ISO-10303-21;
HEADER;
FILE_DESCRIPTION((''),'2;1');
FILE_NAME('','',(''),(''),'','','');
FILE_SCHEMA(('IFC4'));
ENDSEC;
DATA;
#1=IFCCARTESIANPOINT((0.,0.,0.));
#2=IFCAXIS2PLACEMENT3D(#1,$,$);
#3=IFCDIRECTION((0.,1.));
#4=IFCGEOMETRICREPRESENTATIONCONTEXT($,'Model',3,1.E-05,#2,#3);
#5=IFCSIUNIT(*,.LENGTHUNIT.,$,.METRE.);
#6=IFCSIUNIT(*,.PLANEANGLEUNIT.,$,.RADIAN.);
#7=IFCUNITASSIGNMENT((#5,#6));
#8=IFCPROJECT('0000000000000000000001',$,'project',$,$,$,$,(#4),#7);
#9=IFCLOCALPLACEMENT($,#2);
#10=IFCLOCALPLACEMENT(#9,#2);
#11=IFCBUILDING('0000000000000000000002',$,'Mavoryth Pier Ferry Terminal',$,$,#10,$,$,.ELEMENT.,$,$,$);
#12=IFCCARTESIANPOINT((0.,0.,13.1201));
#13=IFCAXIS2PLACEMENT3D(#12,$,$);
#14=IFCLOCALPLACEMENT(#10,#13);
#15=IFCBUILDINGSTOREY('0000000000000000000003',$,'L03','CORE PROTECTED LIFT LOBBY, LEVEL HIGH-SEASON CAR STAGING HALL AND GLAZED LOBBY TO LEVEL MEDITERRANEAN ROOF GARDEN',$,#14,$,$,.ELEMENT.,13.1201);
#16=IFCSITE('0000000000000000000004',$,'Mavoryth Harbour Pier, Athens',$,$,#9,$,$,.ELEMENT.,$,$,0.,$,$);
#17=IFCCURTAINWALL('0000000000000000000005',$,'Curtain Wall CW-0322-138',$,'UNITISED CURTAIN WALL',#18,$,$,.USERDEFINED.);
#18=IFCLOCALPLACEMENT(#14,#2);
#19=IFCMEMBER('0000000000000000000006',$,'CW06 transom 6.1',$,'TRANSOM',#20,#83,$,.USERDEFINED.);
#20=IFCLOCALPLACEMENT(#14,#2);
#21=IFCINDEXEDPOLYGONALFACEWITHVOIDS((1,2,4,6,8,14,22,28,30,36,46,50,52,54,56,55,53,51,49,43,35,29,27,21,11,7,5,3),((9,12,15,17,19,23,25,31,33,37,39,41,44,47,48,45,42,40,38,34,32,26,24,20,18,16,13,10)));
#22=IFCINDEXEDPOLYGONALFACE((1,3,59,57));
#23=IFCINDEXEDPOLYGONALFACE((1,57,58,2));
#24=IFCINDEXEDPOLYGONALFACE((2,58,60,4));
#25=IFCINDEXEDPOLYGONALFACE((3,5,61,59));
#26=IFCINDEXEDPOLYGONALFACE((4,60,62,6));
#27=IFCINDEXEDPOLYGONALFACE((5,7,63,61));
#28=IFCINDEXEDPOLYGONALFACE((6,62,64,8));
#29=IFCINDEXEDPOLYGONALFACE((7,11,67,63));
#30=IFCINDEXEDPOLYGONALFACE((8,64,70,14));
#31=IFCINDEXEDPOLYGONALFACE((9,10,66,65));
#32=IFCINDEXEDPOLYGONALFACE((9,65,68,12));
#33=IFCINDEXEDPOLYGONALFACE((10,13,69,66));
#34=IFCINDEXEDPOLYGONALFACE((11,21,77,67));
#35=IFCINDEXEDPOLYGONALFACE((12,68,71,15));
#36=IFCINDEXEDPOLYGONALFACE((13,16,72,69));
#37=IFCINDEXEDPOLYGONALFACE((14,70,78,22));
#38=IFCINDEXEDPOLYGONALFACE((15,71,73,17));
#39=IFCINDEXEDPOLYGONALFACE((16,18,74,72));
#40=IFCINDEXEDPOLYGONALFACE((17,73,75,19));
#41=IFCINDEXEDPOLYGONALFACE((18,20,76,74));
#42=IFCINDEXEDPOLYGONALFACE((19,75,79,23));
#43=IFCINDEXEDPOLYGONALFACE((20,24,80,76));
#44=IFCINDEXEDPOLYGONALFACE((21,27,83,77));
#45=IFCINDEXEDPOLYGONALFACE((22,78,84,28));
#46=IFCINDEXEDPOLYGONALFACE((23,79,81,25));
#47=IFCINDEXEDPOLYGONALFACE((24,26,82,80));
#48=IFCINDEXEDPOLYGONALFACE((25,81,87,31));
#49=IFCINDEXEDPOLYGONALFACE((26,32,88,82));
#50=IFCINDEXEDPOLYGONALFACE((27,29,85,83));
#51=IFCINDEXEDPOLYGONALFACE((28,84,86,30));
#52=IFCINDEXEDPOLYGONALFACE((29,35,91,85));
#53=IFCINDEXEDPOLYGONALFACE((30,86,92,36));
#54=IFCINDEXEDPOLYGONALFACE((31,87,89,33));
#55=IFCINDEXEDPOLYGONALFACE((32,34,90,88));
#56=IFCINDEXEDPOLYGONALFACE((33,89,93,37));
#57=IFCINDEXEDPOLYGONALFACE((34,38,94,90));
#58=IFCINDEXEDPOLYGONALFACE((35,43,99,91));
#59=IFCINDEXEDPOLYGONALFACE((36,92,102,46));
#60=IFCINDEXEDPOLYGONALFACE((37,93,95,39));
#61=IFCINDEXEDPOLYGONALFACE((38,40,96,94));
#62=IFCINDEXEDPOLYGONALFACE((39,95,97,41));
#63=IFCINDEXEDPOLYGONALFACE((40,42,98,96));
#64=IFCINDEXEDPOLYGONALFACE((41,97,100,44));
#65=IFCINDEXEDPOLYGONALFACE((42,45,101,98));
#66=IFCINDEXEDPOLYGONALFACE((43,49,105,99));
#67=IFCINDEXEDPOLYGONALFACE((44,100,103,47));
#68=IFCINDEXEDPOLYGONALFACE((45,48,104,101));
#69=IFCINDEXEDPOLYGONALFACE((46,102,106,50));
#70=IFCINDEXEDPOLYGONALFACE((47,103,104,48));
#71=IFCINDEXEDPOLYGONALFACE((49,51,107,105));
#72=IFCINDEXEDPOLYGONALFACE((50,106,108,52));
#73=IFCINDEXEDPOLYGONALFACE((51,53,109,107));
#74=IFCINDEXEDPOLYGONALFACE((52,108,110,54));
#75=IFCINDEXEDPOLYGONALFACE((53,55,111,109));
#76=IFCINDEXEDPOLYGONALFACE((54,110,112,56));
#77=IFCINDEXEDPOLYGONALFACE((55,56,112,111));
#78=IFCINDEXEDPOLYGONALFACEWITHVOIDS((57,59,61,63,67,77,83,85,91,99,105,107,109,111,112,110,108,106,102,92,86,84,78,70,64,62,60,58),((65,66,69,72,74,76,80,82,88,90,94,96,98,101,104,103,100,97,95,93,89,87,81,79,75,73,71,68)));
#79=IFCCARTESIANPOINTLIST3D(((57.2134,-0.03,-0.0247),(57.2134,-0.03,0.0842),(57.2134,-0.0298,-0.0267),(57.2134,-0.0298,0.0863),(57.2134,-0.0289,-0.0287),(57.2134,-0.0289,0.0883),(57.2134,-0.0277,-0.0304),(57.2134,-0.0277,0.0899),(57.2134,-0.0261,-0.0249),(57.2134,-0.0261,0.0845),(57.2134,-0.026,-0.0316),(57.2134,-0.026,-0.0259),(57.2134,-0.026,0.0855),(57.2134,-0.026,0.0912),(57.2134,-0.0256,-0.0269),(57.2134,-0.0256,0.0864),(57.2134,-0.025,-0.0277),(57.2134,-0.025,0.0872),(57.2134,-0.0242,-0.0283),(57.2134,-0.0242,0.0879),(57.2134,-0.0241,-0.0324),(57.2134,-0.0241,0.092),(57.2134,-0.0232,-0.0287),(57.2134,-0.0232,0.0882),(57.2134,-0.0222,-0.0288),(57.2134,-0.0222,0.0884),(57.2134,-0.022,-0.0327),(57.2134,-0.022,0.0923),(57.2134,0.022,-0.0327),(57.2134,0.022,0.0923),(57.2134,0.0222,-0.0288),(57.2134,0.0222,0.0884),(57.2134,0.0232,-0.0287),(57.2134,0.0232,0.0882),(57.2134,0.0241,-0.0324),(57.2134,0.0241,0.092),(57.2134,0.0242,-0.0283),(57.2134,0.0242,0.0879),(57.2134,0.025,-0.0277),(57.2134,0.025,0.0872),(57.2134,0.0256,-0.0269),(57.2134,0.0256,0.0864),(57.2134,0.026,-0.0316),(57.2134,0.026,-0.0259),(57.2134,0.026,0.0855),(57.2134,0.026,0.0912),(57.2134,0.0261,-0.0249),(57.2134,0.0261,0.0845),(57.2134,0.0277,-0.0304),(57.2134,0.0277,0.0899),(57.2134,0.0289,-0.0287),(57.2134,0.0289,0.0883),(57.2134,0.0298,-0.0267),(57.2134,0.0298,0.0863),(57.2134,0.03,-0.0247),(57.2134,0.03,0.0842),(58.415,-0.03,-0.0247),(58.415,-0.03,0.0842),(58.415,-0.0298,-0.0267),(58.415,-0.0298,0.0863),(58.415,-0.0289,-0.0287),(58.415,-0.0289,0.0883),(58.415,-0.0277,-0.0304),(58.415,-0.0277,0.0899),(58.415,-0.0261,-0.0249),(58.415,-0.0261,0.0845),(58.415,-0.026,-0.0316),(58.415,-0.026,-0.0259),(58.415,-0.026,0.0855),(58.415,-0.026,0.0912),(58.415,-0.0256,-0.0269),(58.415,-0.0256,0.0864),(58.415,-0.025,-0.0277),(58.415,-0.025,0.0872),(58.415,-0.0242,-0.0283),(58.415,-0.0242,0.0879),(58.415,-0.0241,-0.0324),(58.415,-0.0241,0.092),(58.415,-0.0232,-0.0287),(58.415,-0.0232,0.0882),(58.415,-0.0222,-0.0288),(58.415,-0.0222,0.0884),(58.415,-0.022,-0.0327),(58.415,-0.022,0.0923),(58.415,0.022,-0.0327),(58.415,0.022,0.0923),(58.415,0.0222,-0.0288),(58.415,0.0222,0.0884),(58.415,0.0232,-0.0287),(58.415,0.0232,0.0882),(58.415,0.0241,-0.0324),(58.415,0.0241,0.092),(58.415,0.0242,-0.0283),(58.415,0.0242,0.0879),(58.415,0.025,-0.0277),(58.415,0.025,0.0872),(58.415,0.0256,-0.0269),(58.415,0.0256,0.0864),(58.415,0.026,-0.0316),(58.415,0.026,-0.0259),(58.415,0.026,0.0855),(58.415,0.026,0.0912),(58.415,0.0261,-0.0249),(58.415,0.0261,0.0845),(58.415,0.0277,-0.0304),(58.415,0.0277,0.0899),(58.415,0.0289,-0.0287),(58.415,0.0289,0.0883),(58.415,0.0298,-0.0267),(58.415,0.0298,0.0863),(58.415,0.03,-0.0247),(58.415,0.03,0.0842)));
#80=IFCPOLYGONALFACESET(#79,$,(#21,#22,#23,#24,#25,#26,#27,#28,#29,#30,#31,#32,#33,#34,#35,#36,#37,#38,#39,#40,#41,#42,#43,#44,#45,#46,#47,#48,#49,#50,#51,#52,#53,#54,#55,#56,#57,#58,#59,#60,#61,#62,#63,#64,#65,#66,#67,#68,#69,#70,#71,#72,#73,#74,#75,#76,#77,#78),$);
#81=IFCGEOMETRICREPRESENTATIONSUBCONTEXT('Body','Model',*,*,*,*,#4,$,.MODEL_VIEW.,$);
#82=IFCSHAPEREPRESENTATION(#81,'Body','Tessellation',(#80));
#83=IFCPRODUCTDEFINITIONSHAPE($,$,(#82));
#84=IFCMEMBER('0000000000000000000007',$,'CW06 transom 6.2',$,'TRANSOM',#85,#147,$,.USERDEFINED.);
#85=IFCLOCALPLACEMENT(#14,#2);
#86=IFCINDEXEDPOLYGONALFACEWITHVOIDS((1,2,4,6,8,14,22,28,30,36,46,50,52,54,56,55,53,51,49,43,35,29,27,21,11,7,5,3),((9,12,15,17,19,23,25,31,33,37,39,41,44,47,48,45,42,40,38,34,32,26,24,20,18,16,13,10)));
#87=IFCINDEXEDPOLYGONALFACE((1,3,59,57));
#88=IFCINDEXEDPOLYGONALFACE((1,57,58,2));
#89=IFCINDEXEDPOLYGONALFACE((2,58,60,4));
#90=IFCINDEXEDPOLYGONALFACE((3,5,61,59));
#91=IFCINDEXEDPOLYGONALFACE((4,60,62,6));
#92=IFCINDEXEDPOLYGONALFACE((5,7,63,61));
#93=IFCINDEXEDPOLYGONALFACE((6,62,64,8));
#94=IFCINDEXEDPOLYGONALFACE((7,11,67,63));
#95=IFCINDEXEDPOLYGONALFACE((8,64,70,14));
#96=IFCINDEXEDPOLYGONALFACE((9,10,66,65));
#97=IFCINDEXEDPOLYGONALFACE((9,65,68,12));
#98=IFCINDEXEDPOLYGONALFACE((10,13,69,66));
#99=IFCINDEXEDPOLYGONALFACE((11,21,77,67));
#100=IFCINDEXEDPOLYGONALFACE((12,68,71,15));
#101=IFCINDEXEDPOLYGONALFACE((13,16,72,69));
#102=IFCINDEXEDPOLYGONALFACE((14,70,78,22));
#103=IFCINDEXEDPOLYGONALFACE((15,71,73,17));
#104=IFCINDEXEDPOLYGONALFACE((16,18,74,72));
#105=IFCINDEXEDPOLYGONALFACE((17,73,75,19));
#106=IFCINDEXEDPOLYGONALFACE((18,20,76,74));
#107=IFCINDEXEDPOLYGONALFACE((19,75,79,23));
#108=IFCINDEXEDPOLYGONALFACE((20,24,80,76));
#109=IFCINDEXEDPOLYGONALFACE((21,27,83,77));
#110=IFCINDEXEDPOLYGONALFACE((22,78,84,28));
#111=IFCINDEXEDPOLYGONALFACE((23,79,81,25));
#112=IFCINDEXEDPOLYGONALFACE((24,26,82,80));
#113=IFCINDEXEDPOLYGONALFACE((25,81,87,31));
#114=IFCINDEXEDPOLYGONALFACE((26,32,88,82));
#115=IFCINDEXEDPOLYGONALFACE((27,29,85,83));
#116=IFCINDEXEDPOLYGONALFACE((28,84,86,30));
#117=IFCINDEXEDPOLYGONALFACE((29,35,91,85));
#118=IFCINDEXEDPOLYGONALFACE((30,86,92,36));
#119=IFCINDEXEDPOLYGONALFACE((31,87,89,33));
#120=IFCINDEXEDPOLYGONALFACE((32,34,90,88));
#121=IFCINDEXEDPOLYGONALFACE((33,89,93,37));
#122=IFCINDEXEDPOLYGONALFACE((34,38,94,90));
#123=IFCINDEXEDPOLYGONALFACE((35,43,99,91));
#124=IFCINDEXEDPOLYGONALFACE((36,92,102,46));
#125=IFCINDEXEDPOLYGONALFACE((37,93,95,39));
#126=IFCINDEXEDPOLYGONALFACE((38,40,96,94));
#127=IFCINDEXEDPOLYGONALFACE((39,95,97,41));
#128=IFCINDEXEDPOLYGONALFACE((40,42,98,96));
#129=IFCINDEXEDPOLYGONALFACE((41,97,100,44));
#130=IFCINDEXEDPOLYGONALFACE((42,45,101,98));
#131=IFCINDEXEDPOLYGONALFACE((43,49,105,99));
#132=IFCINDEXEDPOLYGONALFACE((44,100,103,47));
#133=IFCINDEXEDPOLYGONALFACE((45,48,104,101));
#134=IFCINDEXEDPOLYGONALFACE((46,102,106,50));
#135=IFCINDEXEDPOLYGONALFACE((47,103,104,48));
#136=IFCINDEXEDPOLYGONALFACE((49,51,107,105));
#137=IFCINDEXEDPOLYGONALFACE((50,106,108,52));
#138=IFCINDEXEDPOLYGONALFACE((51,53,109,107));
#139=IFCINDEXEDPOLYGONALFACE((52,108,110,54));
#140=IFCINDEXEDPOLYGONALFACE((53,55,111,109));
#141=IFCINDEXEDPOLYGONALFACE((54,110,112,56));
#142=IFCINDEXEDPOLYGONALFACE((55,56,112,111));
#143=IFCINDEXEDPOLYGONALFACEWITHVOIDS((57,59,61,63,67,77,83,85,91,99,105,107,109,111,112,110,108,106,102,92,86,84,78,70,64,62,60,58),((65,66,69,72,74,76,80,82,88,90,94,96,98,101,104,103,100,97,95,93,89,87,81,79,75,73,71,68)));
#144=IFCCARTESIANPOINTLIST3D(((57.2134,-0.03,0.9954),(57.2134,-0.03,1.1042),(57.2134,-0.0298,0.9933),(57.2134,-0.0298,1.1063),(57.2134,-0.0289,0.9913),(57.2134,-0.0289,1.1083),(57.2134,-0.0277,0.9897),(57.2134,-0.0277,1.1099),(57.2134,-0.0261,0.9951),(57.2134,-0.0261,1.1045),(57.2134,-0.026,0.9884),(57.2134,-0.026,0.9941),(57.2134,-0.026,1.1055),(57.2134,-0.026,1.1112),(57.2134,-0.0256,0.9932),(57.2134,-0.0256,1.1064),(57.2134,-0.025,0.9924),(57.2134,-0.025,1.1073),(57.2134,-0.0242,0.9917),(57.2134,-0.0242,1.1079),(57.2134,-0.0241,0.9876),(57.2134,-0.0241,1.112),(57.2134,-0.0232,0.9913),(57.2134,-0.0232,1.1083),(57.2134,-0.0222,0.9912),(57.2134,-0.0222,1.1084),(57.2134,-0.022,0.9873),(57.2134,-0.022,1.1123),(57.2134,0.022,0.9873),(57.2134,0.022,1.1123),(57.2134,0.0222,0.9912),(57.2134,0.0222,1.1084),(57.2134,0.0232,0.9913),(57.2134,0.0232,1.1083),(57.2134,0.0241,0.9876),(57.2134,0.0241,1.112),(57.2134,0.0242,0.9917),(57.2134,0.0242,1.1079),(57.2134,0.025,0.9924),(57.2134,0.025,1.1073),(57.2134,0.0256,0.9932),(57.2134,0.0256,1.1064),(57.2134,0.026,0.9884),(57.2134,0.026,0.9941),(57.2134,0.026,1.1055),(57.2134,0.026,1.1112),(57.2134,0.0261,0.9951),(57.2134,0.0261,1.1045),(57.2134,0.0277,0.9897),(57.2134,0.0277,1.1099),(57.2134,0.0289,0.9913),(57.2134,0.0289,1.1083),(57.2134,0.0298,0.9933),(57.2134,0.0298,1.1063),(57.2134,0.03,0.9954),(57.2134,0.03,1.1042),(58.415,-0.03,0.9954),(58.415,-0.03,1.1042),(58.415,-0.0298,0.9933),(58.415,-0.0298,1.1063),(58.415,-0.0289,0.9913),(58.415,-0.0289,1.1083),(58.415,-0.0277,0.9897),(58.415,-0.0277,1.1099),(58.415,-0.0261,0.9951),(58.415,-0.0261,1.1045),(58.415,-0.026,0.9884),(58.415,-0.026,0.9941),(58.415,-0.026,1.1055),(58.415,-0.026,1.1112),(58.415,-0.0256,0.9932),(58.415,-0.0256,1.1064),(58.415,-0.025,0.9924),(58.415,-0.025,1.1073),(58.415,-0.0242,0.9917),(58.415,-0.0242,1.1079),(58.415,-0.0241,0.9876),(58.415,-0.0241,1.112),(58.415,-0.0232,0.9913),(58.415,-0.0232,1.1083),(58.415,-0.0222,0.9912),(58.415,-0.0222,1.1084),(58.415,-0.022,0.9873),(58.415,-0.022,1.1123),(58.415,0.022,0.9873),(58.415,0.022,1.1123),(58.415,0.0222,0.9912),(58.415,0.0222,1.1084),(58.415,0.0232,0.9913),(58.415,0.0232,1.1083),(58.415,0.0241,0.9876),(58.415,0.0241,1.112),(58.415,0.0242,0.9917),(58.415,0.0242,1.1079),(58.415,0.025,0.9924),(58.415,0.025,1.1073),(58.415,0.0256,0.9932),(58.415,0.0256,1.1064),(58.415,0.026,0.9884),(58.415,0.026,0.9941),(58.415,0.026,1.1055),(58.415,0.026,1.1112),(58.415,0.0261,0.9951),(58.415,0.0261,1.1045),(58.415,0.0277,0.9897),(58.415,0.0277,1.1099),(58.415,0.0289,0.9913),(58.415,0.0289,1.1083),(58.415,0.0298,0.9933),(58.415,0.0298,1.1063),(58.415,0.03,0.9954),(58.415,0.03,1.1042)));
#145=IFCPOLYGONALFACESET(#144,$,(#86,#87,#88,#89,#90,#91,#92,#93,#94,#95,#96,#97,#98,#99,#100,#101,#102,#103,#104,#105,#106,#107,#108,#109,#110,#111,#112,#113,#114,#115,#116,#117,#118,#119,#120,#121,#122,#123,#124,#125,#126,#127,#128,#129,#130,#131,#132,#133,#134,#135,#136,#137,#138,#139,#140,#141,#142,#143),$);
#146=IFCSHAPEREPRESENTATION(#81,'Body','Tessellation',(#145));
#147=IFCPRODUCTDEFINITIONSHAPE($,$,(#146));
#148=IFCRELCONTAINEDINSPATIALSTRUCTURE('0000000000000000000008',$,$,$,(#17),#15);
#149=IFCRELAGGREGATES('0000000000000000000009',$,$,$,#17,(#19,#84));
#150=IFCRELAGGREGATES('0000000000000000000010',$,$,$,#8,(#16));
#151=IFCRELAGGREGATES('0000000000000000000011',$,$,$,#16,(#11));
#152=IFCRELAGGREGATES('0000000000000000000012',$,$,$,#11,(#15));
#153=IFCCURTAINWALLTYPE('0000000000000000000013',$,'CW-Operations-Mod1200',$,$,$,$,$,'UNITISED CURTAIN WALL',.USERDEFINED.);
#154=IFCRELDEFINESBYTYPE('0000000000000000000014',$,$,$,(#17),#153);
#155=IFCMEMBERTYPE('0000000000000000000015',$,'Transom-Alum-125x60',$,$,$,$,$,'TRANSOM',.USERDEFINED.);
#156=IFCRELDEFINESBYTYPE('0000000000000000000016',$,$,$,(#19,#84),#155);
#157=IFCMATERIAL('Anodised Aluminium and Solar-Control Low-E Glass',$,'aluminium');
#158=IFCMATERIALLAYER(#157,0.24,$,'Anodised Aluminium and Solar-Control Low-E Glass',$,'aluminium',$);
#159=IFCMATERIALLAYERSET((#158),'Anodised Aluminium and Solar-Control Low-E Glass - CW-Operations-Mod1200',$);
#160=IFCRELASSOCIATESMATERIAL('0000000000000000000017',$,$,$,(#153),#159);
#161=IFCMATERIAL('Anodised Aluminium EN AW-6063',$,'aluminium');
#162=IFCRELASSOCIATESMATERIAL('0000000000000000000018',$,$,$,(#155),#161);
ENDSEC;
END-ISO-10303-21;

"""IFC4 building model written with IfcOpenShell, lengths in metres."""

from ifc_helpers import new_model, si_unit, direction, frame, origin, origin_2d, place, context, subcontext, project, spatial, hollow_rectangle, extrude, material, layer, layer_set, material_profile, profile_set, type_object, element, aggregate, save


model = new_model("IFC4")

# Units and contexts
model_context = context("Model", 3, precision=1e-05, world=origin(), true_north=direction((0.0, 1.0)))
body_context = subcontext(model_context, "Body", "Model", "MODEL_VIEW")
ifc_project = project(units=[si_unit("LENGTHUNIT", "METRE"), si_unit("PLANEANGLEUNIT", "RADIAN")], contexts=[model_context])

# Site, building, storey
site_placement = place(None, origin())
site = spatial("IfcSite", under=ifc_project, at=site_placement, Name="Mavoryth Harbour Pier, Athens", CompositionType="ELEMENT", RefElevation=0.0)
building_placement = place(site_placement, origin())
building = spatial("IfcBuilding", under=site, at=building_placement, Name="Mavoryth Pier Ferry Terminal", CompositionType="ELEMENT")
storey_placement = place(building_placement, frame((0.0, 0.0, 13.1201)))
storey = spatial("IfcBuildingStorey", under=building, at=storey_placement, Name="L03", Description="CORE PROTECTED LIFT LOBBY, LEVEL HIGH-SEASON CAR STAGING HALL AND GLAZED LOBBY TO LEVEL MEDITERRANEAN ROOF GARDEN", CompositionType="ELEMENT", Elevation=13.1201)

# Curtain wall
ifc_material_1 = material(Name="Anodised Aluminium and Solar-Control Low-E Glass", Category="aluminium")
ifc_layer_1 = layer(ifc_material_1, 0.24, Name="Anodised Aluminium and Solar-Control Low-E Glass", Category="aluminium")
ifc_layer_set_1 = layer_set([ifc_layer_1], Name="Anodised Aluminium and Solar-Control Low-E Glass - CW-Operations-Mod1200")
curtain_wall_type = type_object("IfcCurtainWallType", Name="CW-Operations-Mod1200", ElementType="UNITISED CURTAIN WALL", PredefinedType="USERDEFINED", material=ifc_layer_set_1)
curtain_wall_1_placement = place(storey_placement, origin())
curtain_wall_1 = element("IfcCurtainWall", 1, at=curtain_wall_1_placement, inside=storey, type_object=curtain_wall_type, Name="Curtain Wall CW-0322-138", ObjectType="UNITISED CURTAIN WALL", PredefinedType="USERDEFINED")
ifc_material_2 = material(Name="Anodised Aluminium EN AW-6063", Category="aluminium")

# Members
ifc_material_profile_1 = material_profile(ifc_material_2, hollow_rectangle(XDim=0.0601, YDim=0.125, WallThickness=0.0039, InnerFilletRadius=0.0039, OuterFilletRadius=0.0081, at=origin_2d()), Name="AL-TRAN 125x60x4", Category="aluminium")
ifc_profile_set_1 = profile_set([ifc_material_profile_1], Name="Anodised Aluminium EN AW-6063 - AL-TRAN 125x60x4")
member_type_1 = type_object("IfcMemberType", Name="Transom-Alum-125x60", ElementType="TRANSOM", PredefinedType="USERDEFINED", material=ifc_profile_set_1)
member_1_placement = place(storey_placement, frame((57.2134, 0.0, 0.0298), z_axis=(1.0, 0.0, 0.0), x_axis=(0.0, 1.0, 0.0)))
member_1 = element("IfcMember", 2, at=member_1_placement, type_object=member_type_1, Name="CW06 transom 6.1", ObjectType="TRANSOM", PredefinedType="USERDEFINED", context=body_context, shape_type="SweptSolid", body=[
    extrude(hollow_rectangle(XDim=0.0601, YDim=0.125, WallThickness=0.0039, InnerFilletRadius=0.0039, OuterFilletRadius=0.0081, at=origin_2d()), origin(), (0.0, 0.0, 1.0), 1.2017),
])
member_2_placement = place(storey_placement, frame((57.2134, 0.0, 1.0498), z_axis=(1.0, 0.0, 0.0), x_axis=(0.0, 1.0, 0.0)))
member_2 = element("IfcMember", 3, at=member_2_placement, type_object=member_type_1, Name="CW06 transom 6.2", ObjectType="TRANSOM", PredefinedType="USERDEFINED", context=body_context, shape_type="SweptSolid", body=[
    extrude(hollow_rectangle(XDim=0.0601, YDim=0.125, WallThickness=0.0039, InnerFilletRadius=0.0039, OuterFilletRadius=0.0081, at=origin_2d()), origin(), (0.0, 0.0, 1.0), 1.2017),
])

aggregate(curtain_wall_1, [member_1, member_2])

save(model, "model.ifc")
